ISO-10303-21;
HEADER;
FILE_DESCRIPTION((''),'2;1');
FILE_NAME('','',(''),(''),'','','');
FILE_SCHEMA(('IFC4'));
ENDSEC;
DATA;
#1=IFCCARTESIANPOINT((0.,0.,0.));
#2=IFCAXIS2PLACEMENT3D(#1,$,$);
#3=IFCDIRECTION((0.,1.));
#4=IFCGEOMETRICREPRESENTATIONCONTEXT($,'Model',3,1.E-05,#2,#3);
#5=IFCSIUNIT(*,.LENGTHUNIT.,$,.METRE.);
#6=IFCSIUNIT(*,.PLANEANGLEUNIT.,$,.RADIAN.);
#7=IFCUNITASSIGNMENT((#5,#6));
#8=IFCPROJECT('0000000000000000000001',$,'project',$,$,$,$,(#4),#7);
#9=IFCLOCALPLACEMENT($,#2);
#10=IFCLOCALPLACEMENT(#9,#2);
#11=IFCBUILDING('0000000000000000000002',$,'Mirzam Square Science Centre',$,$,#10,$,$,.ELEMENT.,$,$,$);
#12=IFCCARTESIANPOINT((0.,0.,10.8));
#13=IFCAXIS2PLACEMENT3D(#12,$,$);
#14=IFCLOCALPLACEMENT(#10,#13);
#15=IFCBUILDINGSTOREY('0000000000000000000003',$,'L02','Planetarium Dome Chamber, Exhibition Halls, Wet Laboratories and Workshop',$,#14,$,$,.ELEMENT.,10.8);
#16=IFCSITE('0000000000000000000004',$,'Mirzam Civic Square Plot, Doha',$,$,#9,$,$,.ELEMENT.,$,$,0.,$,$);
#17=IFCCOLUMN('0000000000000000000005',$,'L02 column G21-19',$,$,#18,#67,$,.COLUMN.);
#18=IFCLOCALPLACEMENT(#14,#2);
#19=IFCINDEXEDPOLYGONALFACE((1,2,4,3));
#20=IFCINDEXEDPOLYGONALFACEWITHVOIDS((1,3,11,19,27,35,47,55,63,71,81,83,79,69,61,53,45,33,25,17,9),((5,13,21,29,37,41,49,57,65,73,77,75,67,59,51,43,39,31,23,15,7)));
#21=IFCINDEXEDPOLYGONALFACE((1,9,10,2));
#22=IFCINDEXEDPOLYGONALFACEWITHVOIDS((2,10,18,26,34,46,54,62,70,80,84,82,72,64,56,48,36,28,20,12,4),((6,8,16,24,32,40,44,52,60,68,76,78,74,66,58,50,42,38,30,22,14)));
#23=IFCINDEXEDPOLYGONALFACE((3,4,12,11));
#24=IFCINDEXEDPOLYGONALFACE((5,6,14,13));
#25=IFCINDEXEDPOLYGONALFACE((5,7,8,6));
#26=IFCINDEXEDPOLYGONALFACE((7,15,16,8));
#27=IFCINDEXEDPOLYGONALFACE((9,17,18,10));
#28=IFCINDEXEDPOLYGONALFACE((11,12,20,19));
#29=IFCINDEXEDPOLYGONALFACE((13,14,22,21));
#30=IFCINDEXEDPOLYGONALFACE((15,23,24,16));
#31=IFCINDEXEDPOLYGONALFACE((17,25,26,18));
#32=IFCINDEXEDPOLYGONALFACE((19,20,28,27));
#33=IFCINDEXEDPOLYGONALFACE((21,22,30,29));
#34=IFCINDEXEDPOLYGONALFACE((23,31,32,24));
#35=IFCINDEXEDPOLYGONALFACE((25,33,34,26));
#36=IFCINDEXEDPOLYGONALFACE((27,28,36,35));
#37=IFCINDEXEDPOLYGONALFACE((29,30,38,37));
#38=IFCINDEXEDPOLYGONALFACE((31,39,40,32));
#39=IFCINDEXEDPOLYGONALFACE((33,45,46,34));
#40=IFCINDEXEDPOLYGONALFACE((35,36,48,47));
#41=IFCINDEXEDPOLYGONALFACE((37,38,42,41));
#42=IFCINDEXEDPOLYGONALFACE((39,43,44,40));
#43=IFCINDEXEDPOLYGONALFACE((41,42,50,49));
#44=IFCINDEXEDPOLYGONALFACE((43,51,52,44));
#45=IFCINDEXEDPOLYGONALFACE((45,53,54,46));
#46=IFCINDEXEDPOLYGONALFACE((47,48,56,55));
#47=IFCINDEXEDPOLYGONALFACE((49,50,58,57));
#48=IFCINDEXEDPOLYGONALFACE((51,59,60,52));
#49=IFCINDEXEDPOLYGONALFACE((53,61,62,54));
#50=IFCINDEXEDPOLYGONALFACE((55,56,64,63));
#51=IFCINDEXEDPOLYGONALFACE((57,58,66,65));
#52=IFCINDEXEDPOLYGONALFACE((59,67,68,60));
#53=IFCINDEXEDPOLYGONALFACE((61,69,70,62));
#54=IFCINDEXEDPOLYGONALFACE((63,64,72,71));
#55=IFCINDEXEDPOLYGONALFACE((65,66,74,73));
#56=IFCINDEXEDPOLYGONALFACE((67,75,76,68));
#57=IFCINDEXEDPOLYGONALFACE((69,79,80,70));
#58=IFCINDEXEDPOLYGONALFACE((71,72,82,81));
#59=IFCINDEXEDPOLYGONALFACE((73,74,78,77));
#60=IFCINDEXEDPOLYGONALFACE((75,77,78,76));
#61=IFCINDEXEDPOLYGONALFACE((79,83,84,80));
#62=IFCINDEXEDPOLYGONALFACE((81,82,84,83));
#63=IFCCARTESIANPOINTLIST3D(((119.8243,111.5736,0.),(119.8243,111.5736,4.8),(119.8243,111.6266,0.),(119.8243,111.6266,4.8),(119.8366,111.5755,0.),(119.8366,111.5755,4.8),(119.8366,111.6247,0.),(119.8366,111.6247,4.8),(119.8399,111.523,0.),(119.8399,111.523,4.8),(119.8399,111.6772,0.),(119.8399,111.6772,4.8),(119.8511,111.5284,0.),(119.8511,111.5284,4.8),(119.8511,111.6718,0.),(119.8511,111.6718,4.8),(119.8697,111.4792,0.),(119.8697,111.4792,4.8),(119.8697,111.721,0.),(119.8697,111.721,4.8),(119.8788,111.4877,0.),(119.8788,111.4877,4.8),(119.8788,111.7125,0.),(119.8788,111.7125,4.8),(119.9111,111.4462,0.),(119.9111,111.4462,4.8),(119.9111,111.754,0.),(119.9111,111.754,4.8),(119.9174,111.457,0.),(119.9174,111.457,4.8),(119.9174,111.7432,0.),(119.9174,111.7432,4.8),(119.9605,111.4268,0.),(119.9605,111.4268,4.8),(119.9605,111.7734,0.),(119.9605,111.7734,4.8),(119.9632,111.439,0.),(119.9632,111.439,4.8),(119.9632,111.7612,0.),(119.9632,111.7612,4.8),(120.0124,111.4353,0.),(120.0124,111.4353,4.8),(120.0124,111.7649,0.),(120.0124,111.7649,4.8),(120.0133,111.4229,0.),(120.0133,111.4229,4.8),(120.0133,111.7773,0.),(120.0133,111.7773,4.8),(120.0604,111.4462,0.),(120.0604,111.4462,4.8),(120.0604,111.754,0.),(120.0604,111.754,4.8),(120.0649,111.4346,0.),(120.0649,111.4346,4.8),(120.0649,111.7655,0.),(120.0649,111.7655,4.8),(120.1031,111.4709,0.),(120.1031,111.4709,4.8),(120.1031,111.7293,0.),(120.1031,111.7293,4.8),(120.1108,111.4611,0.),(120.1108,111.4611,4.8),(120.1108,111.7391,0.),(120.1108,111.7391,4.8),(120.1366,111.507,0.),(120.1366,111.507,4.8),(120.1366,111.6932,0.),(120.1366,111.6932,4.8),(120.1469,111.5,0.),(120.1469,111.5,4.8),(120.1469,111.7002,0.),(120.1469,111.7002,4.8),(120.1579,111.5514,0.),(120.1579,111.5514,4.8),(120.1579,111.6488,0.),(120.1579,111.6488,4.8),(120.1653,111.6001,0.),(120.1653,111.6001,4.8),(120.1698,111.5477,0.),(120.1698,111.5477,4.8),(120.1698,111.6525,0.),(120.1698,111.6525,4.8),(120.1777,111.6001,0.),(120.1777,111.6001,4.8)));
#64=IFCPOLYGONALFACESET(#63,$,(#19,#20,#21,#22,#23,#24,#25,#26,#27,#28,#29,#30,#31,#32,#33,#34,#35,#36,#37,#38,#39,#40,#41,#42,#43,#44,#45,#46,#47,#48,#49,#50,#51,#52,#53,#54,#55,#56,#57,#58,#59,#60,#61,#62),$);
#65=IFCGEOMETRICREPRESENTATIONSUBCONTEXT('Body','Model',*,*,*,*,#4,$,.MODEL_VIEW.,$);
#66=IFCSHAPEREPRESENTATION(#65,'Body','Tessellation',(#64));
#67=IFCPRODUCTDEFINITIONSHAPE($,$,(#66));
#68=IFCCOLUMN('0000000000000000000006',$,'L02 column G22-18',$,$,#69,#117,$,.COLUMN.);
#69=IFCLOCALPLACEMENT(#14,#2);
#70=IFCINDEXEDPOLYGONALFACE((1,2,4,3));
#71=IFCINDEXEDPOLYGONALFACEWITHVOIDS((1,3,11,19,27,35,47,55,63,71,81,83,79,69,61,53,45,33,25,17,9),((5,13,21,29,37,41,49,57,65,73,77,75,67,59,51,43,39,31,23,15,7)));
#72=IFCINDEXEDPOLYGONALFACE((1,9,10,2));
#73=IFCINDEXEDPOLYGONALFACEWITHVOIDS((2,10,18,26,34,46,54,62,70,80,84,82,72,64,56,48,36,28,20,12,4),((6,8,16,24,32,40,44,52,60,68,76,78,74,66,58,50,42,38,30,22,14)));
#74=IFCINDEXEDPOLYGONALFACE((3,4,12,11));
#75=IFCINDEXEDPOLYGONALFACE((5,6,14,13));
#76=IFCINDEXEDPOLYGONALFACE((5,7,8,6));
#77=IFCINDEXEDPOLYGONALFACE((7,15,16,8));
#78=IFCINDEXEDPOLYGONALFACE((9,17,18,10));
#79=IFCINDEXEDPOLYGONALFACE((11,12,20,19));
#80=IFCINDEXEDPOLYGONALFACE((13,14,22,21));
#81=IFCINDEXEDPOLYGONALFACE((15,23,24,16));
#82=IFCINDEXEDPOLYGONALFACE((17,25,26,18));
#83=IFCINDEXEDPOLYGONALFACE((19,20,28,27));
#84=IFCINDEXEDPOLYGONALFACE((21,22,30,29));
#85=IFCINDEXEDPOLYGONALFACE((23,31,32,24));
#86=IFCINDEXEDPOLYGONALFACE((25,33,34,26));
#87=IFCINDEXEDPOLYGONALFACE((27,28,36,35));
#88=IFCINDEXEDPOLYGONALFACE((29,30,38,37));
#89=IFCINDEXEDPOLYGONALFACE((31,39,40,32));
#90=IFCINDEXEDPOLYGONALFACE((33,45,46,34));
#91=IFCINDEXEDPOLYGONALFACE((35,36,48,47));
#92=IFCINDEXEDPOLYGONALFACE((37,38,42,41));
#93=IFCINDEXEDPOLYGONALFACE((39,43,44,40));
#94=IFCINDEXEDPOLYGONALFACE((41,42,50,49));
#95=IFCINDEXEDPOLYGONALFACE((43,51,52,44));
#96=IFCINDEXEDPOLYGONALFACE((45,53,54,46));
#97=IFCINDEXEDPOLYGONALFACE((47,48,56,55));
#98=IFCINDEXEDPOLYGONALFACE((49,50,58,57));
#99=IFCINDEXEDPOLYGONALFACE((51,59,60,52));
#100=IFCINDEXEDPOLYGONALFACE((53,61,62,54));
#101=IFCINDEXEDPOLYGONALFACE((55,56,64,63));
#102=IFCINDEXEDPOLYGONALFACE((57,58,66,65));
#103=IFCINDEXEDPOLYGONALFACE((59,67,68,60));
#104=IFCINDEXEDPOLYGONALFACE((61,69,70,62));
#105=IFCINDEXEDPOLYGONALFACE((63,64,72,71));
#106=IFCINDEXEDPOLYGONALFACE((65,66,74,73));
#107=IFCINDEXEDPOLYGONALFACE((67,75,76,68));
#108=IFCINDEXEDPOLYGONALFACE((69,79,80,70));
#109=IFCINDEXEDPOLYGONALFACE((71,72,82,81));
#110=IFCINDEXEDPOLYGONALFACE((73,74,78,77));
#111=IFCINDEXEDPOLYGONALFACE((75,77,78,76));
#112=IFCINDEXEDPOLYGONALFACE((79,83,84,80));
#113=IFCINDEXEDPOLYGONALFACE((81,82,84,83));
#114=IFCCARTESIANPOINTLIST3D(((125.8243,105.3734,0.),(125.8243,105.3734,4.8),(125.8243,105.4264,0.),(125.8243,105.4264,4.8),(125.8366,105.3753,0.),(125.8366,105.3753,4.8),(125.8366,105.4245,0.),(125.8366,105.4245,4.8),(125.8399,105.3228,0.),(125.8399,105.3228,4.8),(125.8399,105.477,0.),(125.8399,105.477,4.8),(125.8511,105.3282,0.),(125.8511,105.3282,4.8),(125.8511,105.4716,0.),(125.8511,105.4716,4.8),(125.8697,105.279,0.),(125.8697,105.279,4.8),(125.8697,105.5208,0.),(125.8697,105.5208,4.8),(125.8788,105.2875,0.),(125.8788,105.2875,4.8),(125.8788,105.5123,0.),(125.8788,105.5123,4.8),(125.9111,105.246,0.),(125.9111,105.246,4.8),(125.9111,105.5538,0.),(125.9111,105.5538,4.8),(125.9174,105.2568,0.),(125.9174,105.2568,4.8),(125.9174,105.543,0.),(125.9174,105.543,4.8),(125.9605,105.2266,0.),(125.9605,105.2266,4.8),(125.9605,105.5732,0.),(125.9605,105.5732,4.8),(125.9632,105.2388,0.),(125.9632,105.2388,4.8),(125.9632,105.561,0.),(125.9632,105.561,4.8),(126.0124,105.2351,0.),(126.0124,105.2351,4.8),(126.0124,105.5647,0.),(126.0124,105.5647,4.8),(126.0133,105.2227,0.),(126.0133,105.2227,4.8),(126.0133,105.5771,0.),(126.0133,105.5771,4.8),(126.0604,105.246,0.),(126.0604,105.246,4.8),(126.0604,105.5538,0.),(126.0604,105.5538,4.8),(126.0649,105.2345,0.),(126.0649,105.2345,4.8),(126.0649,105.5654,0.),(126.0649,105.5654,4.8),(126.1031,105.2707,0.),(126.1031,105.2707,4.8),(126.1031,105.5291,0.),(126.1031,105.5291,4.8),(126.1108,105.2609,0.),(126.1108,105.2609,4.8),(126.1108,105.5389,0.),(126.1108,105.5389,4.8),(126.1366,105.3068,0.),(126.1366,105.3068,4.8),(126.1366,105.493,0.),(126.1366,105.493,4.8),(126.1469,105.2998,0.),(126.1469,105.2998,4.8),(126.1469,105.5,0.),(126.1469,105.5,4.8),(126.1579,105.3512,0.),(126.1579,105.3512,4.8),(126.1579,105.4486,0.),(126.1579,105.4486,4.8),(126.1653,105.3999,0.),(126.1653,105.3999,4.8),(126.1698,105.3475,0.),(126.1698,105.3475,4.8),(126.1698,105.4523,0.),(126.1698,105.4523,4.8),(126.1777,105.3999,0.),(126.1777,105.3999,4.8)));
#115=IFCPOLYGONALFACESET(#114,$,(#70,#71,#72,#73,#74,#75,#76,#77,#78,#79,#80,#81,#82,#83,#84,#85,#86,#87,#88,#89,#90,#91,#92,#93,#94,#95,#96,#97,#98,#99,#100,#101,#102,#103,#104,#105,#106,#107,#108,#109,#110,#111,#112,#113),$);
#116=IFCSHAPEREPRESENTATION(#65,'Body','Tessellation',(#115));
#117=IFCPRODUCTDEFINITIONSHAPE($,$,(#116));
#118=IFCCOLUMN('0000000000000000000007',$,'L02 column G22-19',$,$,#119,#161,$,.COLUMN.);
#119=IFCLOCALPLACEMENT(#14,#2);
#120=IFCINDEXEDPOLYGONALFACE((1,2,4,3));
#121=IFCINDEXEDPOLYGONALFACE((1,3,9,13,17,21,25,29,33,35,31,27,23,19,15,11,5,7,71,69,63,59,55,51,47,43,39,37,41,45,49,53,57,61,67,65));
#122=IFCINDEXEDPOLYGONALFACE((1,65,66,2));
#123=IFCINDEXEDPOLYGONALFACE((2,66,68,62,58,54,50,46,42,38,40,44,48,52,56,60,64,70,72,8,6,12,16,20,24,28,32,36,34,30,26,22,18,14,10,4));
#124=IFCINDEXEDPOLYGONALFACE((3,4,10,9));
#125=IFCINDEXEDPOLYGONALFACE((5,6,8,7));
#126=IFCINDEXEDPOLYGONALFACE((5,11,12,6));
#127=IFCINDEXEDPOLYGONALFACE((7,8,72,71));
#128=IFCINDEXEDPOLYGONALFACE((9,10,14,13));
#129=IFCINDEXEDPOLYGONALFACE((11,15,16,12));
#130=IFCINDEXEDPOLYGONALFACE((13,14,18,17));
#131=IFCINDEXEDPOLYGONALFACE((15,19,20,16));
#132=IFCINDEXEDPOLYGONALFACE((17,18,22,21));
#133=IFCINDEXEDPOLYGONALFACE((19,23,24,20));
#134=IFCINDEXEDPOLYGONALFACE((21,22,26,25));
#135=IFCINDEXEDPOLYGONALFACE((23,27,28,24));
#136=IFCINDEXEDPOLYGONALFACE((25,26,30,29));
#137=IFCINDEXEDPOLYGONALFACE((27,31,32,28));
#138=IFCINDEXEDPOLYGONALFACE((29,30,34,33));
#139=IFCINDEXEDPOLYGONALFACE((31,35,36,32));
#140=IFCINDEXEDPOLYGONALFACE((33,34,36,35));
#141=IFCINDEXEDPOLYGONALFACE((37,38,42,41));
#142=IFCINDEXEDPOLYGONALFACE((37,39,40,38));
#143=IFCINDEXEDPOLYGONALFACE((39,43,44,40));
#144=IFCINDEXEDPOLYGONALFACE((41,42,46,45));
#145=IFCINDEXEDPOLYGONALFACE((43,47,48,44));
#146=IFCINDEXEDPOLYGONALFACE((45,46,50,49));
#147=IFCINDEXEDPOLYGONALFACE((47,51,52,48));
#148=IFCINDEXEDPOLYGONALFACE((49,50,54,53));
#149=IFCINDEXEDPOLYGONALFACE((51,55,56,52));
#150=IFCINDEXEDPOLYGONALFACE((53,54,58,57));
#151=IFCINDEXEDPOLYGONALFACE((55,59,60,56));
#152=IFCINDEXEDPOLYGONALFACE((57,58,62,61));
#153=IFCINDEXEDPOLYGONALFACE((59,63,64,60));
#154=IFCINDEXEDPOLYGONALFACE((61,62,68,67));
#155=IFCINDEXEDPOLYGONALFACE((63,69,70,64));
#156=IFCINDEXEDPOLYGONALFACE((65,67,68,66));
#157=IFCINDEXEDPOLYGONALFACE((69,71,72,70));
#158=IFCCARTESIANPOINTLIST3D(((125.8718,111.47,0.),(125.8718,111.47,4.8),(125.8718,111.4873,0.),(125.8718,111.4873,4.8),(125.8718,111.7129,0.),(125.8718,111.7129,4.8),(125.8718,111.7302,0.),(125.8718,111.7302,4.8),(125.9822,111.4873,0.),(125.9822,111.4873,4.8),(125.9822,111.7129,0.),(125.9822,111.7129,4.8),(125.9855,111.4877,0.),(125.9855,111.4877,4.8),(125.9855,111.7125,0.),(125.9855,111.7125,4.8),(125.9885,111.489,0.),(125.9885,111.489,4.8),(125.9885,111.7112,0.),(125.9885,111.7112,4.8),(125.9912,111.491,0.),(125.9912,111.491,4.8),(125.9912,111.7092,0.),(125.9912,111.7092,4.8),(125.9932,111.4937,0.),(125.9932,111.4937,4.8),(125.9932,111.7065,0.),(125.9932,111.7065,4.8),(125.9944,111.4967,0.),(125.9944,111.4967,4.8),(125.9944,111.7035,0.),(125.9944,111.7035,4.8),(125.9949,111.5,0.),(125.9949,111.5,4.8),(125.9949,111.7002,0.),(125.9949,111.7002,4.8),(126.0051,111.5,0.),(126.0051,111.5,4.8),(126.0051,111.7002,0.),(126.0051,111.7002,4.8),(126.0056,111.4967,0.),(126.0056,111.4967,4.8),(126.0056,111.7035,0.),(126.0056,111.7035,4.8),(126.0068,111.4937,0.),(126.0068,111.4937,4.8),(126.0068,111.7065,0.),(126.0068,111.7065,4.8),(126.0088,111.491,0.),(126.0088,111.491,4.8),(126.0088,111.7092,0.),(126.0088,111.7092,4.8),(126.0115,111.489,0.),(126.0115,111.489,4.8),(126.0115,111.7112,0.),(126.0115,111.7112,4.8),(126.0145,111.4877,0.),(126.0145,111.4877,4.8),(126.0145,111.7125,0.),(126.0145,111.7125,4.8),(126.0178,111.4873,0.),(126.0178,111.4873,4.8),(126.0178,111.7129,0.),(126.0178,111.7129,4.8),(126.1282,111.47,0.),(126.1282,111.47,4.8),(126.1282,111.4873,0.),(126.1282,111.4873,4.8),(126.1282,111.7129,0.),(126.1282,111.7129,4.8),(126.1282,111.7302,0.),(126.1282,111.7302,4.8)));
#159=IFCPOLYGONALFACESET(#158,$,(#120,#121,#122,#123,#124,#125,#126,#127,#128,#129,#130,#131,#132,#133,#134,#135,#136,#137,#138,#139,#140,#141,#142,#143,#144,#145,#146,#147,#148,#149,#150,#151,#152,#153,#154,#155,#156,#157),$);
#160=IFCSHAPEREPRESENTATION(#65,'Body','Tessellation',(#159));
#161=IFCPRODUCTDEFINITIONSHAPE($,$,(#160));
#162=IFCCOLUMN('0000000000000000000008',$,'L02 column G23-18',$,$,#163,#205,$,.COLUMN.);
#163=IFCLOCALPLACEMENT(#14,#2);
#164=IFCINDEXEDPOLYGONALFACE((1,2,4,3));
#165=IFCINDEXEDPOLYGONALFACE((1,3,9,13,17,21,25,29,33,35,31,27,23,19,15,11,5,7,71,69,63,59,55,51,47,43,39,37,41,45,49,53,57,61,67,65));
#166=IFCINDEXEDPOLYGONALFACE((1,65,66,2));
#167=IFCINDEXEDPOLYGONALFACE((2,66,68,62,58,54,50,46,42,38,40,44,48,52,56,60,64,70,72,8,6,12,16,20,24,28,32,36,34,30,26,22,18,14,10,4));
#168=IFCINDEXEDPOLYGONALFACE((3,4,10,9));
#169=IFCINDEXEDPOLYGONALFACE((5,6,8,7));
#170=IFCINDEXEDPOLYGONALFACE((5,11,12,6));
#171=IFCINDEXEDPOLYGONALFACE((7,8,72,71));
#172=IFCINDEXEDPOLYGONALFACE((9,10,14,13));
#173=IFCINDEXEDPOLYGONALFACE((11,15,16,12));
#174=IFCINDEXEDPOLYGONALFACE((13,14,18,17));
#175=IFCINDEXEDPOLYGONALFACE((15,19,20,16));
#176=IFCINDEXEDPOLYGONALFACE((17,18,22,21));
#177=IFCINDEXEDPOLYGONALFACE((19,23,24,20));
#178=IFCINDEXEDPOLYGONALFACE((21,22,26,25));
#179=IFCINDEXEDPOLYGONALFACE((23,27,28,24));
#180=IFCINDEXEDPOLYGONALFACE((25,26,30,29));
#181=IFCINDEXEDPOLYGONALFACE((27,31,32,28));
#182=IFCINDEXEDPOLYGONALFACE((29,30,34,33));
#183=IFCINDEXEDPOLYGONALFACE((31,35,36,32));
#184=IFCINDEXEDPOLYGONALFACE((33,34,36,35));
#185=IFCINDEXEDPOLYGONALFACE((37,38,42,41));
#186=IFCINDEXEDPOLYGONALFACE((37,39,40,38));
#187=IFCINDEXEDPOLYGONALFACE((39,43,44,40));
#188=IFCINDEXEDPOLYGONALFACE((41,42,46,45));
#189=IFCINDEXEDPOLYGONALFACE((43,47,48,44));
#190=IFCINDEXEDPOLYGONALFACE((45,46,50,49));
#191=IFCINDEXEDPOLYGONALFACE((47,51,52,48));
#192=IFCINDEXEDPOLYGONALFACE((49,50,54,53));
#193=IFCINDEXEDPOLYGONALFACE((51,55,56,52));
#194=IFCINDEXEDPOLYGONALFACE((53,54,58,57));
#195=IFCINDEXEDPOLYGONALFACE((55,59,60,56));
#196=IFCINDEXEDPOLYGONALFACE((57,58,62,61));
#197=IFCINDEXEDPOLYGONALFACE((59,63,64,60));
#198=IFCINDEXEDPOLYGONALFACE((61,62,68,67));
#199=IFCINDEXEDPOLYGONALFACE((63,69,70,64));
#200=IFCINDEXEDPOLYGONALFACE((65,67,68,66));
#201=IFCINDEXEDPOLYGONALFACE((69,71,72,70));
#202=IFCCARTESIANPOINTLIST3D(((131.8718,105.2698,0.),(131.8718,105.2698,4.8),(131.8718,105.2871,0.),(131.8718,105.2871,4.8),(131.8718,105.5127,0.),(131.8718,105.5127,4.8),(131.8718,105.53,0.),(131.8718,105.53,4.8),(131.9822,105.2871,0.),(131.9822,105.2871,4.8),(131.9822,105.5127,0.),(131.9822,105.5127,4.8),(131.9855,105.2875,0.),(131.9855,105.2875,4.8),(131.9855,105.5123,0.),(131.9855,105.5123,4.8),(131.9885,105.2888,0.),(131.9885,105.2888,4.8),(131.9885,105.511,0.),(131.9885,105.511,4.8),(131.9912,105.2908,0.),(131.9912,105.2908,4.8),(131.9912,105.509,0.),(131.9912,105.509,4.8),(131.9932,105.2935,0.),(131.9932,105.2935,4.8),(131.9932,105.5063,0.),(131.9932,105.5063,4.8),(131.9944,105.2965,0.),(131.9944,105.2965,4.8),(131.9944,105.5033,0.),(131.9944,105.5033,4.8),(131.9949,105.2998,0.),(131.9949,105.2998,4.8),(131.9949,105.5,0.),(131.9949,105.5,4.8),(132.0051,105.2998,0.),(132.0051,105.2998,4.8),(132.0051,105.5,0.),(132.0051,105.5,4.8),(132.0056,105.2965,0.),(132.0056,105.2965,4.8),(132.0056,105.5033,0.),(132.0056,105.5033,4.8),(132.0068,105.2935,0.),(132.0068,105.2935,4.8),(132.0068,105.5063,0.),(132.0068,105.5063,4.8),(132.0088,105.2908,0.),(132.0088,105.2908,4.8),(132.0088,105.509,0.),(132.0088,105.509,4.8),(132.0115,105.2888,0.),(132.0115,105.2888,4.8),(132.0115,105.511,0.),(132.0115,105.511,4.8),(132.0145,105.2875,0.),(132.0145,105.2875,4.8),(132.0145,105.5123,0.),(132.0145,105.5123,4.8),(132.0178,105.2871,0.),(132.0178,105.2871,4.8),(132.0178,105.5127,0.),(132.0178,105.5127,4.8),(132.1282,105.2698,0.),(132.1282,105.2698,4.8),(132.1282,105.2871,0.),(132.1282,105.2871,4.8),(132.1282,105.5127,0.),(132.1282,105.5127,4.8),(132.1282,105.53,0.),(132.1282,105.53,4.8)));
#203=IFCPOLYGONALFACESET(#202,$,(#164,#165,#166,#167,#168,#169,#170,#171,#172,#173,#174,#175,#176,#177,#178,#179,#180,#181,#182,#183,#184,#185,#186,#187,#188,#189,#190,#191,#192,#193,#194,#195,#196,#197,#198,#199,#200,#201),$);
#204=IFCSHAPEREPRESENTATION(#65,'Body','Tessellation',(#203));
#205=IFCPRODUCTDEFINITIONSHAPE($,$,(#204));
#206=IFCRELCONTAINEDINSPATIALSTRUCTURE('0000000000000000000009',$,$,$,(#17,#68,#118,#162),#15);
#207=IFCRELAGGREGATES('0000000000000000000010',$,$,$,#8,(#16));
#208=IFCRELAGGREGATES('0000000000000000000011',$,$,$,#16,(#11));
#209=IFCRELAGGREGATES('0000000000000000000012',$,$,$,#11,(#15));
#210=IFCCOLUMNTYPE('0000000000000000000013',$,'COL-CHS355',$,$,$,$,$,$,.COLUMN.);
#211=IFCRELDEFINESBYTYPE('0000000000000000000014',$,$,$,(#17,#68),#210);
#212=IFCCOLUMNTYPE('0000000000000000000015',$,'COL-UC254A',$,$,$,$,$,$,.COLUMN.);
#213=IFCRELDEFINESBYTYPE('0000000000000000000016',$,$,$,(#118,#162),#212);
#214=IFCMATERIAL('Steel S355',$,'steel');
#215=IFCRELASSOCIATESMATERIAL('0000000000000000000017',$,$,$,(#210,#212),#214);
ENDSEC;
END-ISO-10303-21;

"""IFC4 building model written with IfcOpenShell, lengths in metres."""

from ifc_helpers import new_model, si_unit, direction, frame, origin, origin_2d, place, context, subcontext, project, spatial, hollow_circle, i_section, extrude, material, material_profile, profile_set, type_object, element, save


model = new_model("IFC4")

# Units and contexts
model_context = context("Model", 3, precision=1e-05, world=origin(), true_north=direction((0.0, 1.0)))
body_context = subcontext(model_context, "Body", "Model", "MODEL_VIEW")
ifc_project = project(units=[si_unit("LENGTHUNIT", "METRE"), si_unit("PLANEANGLEUNIT", "RADIAN")], contexts=[model_context])

# Site, building, storey
site_placement = place(None, origin())
site = spatial("IfcSite", under=ifc_project, at=site_placement, Name="Mirzam Civic Square Plot, Doha", CompositionType="ELEMENT", RefElevation=0.0)
building_placement = place(site_placement, origin())
building = spatial("IfcBuilding", under=site, at=building_placement, Name="Mirzam Square Science Centre", CompositionType="ELEMENT")
storey_placement = place(building_placement, frame((0.0, 0.0, 10.8)))
storey = spatial("IfcBuildingStorey", under=building, at=storey_placement, Name="L02", Description="Planetarium Dome Chamber, Exhibition Halls, Wet Laboratories and Workshop", CompositionType="ELEMENT", Elevation=10.8)

# Columns
ifc_material_1 = material(Name="Steel S355", Category="steel")
ifc_material_profile_1 = material_profile(ifc_material_1, hollow_circle(Radius=0.1777, WallThickness=0.0125, at=origin_2d()), Name="355.6x12.5CHS")
ifc_profile_set_1 = profile_set([ifc_material_profile_1], Name="Steel S355")
column_type_1 = type_object("IfcColumnType", Name="COL-CHS355", PredefinedType="COLUMN", material=ifc_profile_set_1)
for number, where, z_axis, x_axis, name in (
    (1, (120.0, 111.6001, 0.0), (0.0, 0.0, 1.0), (1.0, 0.0, 0.0), "L02 column G21-19"),
    (2, (126.0, 105.3999, 0.0), (0.0, 0.0, 1.0), (1.0, 0.0, 0.0), "L02 column G22-18"),
):
    element("IfcColumn", number, at=place(storey_placement, frame(where, z_axis=z_axis, x_axis=x_axis)), inside=storey, type_object=column_type_1, Name=name, PredefinedType="COLUMN", context=body_context, shape_type="SweptSolid", body=[
        extrude(hollow_circle(Radius=0.1777, WallThickness=0.0125, at=origin_2d()), origin(), (0.0, 0.0, 1.0), 4.8),
    ])
ifc_material_profile_2 = material_profile(ifc_material_1, i_section(OverallWidth=0.2563, OverallDepth=0.2603, WebThickness=0.0103, FlangeThickness=0.0173, FilletRadius=0.0127, at=origin_2d()), Name="254x254x89UC")
ifc_profile_set_2 = profile_set([ifc_material_profile_2], Name="Steel S355")
column_type_2 = type_object("IfcColumnType", Name="COL-UC254A", PredefinedType="COLUMN", material=ifc_profile_set_2)
for number, where, z_axis, x_axis, name in (
    (3, (126.0, 111.6001, 0.0), (0.0, 0.0, 1.0), (1.0, 0.0, 0.0), "L02 column G22-19"),
    (4, (132.0, 105.3999, 0.0), (0.0, 0.0, 1.0), (1.0, 0.0, 0.0), "L02 column G23-18"),
):
    element("IfcColumn", number, at=place(storey_placement, frame(where, z_axis=z_axis, x_axis=x_axis)), inside=storey, type_object=column_type_2, Name=name, PredefinedType="COLUMN", context=body_context, shape_type="SweptSolid", body=[
        extrude(i_section(OverallWidth=0.2563, OverallDepth=0.2603, WebThickness=0.0103, FlangeThickness=0.0173, FilletRadius=0.0127, at=origin_2d()), origin(), (0.0, 0.0, 1.0), 4.8),
    ])

save(model, "model.ifc")
